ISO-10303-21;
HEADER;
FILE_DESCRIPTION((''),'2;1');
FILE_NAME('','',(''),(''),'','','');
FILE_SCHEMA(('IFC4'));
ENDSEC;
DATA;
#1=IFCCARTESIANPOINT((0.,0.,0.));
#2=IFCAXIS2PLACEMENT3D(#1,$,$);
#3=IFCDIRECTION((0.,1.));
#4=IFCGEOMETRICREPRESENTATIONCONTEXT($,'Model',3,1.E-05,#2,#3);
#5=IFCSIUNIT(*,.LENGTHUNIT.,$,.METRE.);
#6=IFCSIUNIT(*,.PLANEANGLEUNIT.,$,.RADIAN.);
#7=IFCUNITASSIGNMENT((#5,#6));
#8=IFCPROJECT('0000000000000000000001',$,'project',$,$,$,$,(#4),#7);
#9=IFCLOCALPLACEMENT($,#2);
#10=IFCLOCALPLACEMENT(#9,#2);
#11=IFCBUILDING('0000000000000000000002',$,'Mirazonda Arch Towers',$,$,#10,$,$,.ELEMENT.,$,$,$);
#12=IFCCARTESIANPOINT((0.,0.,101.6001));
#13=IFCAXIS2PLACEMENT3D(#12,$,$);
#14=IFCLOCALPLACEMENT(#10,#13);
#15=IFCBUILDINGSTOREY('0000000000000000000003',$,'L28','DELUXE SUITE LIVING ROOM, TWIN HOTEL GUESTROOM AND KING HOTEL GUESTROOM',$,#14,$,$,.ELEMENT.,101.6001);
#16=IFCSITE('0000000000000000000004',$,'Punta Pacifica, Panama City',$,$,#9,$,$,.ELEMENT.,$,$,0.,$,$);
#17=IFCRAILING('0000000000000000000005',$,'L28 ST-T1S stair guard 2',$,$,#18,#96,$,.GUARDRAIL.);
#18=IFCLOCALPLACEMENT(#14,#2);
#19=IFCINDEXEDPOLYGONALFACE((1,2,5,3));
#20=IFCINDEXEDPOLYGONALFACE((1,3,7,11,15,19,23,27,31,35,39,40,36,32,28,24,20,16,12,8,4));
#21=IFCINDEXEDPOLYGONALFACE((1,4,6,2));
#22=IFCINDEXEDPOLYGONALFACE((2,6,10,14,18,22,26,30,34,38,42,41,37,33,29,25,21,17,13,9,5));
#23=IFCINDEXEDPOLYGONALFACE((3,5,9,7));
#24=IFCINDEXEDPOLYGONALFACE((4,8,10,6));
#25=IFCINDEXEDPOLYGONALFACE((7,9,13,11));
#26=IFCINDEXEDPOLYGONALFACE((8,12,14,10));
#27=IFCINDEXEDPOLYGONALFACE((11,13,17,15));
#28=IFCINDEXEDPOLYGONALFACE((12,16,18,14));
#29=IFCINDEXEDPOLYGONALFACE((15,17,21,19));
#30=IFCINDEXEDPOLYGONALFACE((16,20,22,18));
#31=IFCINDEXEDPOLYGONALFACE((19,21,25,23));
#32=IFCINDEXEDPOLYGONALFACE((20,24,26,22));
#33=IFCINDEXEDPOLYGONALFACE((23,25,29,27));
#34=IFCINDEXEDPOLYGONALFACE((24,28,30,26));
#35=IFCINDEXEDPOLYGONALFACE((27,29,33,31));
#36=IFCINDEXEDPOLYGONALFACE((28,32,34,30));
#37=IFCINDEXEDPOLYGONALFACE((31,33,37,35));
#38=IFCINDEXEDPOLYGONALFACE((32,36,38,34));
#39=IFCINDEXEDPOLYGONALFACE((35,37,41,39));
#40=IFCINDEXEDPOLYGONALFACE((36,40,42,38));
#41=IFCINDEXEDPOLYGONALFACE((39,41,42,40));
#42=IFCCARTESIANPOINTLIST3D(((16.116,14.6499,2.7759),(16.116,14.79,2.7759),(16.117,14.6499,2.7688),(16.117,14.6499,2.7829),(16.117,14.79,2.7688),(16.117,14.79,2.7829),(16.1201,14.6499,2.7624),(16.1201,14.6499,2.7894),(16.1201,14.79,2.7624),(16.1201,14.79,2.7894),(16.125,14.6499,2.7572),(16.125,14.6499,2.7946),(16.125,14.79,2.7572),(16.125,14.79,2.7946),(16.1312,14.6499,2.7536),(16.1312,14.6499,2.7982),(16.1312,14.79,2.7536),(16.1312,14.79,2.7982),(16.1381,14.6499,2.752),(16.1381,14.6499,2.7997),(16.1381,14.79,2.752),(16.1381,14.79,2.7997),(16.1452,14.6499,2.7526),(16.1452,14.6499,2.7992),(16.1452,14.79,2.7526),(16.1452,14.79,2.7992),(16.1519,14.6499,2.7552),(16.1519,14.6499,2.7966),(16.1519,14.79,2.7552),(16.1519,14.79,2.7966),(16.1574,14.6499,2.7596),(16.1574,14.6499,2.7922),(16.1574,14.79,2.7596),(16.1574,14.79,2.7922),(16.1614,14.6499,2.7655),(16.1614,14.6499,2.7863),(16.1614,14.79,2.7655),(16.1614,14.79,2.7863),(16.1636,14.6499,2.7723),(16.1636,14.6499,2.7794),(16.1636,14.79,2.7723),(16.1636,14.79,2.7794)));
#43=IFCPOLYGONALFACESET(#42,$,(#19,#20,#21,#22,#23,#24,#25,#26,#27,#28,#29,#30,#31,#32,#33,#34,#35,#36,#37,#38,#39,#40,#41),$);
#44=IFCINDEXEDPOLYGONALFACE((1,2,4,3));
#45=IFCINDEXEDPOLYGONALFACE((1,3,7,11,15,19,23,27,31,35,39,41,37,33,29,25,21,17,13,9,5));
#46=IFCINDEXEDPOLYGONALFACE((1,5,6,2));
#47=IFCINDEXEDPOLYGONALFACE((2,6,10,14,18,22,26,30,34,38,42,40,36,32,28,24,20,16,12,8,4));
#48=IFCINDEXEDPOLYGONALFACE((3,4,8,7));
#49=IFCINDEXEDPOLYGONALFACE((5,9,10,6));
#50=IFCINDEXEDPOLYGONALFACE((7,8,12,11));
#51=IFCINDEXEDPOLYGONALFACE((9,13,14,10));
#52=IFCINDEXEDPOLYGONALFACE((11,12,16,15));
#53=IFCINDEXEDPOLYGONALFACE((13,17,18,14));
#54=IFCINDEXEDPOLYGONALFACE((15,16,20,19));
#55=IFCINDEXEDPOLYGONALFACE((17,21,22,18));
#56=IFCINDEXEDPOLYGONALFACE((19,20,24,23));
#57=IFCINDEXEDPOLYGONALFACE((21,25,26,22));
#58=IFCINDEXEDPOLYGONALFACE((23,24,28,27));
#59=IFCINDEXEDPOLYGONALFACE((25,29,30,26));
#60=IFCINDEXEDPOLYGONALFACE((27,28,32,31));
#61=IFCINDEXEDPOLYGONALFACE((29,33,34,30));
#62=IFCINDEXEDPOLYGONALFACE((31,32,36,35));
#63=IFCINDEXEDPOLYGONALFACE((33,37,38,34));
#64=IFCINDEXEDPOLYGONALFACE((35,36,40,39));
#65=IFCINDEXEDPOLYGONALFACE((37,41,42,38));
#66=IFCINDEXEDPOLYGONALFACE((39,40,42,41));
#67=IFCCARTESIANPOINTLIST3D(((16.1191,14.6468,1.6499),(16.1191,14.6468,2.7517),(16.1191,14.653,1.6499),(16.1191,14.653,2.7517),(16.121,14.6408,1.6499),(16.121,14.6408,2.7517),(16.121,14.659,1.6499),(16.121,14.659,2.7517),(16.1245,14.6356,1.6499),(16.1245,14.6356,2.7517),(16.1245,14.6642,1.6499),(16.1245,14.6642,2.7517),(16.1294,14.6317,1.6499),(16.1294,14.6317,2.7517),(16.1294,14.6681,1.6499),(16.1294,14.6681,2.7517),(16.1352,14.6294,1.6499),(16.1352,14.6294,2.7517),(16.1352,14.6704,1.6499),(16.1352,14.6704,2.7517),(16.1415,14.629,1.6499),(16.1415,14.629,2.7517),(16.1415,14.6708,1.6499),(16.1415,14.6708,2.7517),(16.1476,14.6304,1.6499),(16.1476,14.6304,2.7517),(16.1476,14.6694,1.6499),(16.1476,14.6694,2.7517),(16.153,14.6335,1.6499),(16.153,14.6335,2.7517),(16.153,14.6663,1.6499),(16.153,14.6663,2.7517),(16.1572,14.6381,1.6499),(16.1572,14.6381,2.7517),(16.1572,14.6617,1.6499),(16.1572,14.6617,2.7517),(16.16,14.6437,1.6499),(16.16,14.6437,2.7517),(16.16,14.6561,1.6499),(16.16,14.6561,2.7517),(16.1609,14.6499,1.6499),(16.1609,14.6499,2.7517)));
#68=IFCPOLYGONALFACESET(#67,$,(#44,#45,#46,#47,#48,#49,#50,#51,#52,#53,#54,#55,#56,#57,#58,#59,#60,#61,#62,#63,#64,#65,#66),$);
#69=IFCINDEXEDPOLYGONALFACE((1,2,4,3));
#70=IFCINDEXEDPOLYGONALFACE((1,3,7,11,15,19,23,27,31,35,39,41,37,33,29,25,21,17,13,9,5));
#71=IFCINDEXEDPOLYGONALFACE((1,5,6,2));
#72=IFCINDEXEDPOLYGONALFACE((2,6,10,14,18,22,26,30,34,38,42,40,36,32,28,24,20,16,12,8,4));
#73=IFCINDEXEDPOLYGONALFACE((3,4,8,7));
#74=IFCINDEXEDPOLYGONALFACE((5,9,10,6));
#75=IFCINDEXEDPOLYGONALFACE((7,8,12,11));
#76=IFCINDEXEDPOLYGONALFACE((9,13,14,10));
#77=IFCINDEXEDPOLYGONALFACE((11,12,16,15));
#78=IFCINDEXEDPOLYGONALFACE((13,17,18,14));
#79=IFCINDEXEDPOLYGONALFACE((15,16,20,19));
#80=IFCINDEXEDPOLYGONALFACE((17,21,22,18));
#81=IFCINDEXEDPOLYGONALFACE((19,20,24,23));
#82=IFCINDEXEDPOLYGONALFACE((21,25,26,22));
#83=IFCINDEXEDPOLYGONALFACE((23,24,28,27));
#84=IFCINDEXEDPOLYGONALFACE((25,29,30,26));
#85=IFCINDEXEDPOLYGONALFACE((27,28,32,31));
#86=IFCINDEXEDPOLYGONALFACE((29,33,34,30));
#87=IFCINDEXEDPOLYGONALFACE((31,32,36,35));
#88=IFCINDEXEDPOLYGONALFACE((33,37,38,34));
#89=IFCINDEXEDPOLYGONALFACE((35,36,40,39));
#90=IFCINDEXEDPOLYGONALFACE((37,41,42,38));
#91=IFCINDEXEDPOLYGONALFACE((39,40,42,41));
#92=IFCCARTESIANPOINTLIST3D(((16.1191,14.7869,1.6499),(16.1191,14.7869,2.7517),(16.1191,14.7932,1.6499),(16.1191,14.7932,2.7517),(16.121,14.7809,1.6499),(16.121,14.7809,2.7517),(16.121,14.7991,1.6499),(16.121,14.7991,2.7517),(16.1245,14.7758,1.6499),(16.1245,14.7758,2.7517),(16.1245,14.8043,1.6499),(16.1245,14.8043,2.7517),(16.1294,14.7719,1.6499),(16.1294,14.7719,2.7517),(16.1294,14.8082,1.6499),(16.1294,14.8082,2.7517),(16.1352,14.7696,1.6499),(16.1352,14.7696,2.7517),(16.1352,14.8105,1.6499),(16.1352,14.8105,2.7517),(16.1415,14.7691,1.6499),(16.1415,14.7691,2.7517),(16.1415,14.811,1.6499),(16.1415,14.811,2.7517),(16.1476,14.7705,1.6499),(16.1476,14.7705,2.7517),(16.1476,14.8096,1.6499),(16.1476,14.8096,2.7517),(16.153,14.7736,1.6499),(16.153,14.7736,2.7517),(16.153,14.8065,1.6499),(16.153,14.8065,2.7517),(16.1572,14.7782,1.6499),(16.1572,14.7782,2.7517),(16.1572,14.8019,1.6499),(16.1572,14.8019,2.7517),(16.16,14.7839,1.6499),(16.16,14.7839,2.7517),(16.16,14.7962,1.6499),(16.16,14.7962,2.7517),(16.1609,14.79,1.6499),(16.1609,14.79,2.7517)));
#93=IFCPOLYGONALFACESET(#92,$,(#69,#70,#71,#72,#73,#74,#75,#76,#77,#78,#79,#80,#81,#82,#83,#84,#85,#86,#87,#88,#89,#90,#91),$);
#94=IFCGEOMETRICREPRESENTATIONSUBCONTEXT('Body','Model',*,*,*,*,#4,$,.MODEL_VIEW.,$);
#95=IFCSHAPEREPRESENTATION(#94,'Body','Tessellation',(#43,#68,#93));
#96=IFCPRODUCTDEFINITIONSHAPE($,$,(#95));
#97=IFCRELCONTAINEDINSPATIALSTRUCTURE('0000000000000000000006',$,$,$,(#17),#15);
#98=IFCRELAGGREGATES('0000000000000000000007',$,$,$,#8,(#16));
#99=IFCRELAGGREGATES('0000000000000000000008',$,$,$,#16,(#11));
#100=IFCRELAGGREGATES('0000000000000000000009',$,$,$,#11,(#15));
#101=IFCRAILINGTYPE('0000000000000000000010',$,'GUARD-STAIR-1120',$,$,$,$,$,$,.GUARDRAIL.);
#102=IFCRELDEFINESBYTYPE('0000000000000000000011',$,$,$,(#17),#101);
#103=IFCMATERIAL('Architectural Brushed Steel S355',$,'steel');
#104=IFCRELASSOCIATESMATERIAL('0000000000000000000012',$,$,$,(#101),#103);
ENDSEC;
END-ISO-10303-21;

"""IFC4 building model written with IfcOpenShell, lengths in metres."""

from ifc_helpers import new_model, si_unit, direction, frame, origin, origin_2d, place, context, subcontext, project, spatial, circle, extrude, material, type_object, element, save


model = new_model("IFC4")

# Units and contexts
model_context = context("Model", 3, precision=1e-05, world=origin(), true_north=direction((0.0, 1.0)))
body_context = subcontext(model_context, "Body", "Model", "MODEL_VIEW")
ifc_project = project(units=[si_unit("LENGTHUNIT", "METRE"), si_unit("PLANEANGLEUNIT", "RADIAN")], contexts=[model_context])

# Site, building, storey
site_placement = place(None, origin())
site = spatial("IfcSite", under=ifc_project, at=site_placement, Name="Punta Pacifica, Panama City", CompositionType="ELEMENT", RefElevation=0.0)
building_placement = place(site_placement, origin())
building = spatial("IfcBuilding", under=site, at=building_placement, Name="Mirazonda Arch Towers", CompositionType="ELEMENT")
storey_placement = place(building_placement, frame((0.0, 0.0, 101.6001)))
storey = spatial("IfcBuildingStorey", under=building, at=storey_placement, Name="L28", Description="DELUXE SUITE LIVING ROOM, TWIN HOTEL GUESTROOM AND KING HOTEL GUESTROOM", CompositionType="ELEMENT", Elevation=101.6001)

# Shared definitions
ifc_material_1 = material(Name="Architectural Brushed Steel S355", Category="steel")

# Railing
railing_type_1 = type_object("IfcRailingType", Name="GUARD-STAIR-1120", PredefinedType="GUARDRAIL", material=ifc_material_1)
railing_1_placement = place(storey_placement, frame((16.1399, 14.6499, 1.6499)))
element("IfcRailing", 1, at=railing_1_placement, inside=storey, type_object=railing_type_1, Name="L28 ST-T1S stair guard 2", PredefinedType="GUARDRAIL", context=body_context, shape_type="SweptSolid", body=[
    extrude(circle(Radius=0.0239, at=origin_2d()), frame((0.0, 0.0, 1.126), z_axis=(0.0, 1.0, 0.0), x_axis=(-1.0, 0.0, 0.0)), (0.0, 0.0, 1.0), 0.1401),
    extrude(circle(Radius=0.021, at=origin_2d()), origin(), (0.0, 0.0, 1.0), 1.1018),
    extrude(circle(Radius=0.021, at=origin_2d()), frame((0.0, 0.1401, 0.0)), (0.0, 0.0, 1.0), 1.1018),
])

save(model, "model.ifc")
